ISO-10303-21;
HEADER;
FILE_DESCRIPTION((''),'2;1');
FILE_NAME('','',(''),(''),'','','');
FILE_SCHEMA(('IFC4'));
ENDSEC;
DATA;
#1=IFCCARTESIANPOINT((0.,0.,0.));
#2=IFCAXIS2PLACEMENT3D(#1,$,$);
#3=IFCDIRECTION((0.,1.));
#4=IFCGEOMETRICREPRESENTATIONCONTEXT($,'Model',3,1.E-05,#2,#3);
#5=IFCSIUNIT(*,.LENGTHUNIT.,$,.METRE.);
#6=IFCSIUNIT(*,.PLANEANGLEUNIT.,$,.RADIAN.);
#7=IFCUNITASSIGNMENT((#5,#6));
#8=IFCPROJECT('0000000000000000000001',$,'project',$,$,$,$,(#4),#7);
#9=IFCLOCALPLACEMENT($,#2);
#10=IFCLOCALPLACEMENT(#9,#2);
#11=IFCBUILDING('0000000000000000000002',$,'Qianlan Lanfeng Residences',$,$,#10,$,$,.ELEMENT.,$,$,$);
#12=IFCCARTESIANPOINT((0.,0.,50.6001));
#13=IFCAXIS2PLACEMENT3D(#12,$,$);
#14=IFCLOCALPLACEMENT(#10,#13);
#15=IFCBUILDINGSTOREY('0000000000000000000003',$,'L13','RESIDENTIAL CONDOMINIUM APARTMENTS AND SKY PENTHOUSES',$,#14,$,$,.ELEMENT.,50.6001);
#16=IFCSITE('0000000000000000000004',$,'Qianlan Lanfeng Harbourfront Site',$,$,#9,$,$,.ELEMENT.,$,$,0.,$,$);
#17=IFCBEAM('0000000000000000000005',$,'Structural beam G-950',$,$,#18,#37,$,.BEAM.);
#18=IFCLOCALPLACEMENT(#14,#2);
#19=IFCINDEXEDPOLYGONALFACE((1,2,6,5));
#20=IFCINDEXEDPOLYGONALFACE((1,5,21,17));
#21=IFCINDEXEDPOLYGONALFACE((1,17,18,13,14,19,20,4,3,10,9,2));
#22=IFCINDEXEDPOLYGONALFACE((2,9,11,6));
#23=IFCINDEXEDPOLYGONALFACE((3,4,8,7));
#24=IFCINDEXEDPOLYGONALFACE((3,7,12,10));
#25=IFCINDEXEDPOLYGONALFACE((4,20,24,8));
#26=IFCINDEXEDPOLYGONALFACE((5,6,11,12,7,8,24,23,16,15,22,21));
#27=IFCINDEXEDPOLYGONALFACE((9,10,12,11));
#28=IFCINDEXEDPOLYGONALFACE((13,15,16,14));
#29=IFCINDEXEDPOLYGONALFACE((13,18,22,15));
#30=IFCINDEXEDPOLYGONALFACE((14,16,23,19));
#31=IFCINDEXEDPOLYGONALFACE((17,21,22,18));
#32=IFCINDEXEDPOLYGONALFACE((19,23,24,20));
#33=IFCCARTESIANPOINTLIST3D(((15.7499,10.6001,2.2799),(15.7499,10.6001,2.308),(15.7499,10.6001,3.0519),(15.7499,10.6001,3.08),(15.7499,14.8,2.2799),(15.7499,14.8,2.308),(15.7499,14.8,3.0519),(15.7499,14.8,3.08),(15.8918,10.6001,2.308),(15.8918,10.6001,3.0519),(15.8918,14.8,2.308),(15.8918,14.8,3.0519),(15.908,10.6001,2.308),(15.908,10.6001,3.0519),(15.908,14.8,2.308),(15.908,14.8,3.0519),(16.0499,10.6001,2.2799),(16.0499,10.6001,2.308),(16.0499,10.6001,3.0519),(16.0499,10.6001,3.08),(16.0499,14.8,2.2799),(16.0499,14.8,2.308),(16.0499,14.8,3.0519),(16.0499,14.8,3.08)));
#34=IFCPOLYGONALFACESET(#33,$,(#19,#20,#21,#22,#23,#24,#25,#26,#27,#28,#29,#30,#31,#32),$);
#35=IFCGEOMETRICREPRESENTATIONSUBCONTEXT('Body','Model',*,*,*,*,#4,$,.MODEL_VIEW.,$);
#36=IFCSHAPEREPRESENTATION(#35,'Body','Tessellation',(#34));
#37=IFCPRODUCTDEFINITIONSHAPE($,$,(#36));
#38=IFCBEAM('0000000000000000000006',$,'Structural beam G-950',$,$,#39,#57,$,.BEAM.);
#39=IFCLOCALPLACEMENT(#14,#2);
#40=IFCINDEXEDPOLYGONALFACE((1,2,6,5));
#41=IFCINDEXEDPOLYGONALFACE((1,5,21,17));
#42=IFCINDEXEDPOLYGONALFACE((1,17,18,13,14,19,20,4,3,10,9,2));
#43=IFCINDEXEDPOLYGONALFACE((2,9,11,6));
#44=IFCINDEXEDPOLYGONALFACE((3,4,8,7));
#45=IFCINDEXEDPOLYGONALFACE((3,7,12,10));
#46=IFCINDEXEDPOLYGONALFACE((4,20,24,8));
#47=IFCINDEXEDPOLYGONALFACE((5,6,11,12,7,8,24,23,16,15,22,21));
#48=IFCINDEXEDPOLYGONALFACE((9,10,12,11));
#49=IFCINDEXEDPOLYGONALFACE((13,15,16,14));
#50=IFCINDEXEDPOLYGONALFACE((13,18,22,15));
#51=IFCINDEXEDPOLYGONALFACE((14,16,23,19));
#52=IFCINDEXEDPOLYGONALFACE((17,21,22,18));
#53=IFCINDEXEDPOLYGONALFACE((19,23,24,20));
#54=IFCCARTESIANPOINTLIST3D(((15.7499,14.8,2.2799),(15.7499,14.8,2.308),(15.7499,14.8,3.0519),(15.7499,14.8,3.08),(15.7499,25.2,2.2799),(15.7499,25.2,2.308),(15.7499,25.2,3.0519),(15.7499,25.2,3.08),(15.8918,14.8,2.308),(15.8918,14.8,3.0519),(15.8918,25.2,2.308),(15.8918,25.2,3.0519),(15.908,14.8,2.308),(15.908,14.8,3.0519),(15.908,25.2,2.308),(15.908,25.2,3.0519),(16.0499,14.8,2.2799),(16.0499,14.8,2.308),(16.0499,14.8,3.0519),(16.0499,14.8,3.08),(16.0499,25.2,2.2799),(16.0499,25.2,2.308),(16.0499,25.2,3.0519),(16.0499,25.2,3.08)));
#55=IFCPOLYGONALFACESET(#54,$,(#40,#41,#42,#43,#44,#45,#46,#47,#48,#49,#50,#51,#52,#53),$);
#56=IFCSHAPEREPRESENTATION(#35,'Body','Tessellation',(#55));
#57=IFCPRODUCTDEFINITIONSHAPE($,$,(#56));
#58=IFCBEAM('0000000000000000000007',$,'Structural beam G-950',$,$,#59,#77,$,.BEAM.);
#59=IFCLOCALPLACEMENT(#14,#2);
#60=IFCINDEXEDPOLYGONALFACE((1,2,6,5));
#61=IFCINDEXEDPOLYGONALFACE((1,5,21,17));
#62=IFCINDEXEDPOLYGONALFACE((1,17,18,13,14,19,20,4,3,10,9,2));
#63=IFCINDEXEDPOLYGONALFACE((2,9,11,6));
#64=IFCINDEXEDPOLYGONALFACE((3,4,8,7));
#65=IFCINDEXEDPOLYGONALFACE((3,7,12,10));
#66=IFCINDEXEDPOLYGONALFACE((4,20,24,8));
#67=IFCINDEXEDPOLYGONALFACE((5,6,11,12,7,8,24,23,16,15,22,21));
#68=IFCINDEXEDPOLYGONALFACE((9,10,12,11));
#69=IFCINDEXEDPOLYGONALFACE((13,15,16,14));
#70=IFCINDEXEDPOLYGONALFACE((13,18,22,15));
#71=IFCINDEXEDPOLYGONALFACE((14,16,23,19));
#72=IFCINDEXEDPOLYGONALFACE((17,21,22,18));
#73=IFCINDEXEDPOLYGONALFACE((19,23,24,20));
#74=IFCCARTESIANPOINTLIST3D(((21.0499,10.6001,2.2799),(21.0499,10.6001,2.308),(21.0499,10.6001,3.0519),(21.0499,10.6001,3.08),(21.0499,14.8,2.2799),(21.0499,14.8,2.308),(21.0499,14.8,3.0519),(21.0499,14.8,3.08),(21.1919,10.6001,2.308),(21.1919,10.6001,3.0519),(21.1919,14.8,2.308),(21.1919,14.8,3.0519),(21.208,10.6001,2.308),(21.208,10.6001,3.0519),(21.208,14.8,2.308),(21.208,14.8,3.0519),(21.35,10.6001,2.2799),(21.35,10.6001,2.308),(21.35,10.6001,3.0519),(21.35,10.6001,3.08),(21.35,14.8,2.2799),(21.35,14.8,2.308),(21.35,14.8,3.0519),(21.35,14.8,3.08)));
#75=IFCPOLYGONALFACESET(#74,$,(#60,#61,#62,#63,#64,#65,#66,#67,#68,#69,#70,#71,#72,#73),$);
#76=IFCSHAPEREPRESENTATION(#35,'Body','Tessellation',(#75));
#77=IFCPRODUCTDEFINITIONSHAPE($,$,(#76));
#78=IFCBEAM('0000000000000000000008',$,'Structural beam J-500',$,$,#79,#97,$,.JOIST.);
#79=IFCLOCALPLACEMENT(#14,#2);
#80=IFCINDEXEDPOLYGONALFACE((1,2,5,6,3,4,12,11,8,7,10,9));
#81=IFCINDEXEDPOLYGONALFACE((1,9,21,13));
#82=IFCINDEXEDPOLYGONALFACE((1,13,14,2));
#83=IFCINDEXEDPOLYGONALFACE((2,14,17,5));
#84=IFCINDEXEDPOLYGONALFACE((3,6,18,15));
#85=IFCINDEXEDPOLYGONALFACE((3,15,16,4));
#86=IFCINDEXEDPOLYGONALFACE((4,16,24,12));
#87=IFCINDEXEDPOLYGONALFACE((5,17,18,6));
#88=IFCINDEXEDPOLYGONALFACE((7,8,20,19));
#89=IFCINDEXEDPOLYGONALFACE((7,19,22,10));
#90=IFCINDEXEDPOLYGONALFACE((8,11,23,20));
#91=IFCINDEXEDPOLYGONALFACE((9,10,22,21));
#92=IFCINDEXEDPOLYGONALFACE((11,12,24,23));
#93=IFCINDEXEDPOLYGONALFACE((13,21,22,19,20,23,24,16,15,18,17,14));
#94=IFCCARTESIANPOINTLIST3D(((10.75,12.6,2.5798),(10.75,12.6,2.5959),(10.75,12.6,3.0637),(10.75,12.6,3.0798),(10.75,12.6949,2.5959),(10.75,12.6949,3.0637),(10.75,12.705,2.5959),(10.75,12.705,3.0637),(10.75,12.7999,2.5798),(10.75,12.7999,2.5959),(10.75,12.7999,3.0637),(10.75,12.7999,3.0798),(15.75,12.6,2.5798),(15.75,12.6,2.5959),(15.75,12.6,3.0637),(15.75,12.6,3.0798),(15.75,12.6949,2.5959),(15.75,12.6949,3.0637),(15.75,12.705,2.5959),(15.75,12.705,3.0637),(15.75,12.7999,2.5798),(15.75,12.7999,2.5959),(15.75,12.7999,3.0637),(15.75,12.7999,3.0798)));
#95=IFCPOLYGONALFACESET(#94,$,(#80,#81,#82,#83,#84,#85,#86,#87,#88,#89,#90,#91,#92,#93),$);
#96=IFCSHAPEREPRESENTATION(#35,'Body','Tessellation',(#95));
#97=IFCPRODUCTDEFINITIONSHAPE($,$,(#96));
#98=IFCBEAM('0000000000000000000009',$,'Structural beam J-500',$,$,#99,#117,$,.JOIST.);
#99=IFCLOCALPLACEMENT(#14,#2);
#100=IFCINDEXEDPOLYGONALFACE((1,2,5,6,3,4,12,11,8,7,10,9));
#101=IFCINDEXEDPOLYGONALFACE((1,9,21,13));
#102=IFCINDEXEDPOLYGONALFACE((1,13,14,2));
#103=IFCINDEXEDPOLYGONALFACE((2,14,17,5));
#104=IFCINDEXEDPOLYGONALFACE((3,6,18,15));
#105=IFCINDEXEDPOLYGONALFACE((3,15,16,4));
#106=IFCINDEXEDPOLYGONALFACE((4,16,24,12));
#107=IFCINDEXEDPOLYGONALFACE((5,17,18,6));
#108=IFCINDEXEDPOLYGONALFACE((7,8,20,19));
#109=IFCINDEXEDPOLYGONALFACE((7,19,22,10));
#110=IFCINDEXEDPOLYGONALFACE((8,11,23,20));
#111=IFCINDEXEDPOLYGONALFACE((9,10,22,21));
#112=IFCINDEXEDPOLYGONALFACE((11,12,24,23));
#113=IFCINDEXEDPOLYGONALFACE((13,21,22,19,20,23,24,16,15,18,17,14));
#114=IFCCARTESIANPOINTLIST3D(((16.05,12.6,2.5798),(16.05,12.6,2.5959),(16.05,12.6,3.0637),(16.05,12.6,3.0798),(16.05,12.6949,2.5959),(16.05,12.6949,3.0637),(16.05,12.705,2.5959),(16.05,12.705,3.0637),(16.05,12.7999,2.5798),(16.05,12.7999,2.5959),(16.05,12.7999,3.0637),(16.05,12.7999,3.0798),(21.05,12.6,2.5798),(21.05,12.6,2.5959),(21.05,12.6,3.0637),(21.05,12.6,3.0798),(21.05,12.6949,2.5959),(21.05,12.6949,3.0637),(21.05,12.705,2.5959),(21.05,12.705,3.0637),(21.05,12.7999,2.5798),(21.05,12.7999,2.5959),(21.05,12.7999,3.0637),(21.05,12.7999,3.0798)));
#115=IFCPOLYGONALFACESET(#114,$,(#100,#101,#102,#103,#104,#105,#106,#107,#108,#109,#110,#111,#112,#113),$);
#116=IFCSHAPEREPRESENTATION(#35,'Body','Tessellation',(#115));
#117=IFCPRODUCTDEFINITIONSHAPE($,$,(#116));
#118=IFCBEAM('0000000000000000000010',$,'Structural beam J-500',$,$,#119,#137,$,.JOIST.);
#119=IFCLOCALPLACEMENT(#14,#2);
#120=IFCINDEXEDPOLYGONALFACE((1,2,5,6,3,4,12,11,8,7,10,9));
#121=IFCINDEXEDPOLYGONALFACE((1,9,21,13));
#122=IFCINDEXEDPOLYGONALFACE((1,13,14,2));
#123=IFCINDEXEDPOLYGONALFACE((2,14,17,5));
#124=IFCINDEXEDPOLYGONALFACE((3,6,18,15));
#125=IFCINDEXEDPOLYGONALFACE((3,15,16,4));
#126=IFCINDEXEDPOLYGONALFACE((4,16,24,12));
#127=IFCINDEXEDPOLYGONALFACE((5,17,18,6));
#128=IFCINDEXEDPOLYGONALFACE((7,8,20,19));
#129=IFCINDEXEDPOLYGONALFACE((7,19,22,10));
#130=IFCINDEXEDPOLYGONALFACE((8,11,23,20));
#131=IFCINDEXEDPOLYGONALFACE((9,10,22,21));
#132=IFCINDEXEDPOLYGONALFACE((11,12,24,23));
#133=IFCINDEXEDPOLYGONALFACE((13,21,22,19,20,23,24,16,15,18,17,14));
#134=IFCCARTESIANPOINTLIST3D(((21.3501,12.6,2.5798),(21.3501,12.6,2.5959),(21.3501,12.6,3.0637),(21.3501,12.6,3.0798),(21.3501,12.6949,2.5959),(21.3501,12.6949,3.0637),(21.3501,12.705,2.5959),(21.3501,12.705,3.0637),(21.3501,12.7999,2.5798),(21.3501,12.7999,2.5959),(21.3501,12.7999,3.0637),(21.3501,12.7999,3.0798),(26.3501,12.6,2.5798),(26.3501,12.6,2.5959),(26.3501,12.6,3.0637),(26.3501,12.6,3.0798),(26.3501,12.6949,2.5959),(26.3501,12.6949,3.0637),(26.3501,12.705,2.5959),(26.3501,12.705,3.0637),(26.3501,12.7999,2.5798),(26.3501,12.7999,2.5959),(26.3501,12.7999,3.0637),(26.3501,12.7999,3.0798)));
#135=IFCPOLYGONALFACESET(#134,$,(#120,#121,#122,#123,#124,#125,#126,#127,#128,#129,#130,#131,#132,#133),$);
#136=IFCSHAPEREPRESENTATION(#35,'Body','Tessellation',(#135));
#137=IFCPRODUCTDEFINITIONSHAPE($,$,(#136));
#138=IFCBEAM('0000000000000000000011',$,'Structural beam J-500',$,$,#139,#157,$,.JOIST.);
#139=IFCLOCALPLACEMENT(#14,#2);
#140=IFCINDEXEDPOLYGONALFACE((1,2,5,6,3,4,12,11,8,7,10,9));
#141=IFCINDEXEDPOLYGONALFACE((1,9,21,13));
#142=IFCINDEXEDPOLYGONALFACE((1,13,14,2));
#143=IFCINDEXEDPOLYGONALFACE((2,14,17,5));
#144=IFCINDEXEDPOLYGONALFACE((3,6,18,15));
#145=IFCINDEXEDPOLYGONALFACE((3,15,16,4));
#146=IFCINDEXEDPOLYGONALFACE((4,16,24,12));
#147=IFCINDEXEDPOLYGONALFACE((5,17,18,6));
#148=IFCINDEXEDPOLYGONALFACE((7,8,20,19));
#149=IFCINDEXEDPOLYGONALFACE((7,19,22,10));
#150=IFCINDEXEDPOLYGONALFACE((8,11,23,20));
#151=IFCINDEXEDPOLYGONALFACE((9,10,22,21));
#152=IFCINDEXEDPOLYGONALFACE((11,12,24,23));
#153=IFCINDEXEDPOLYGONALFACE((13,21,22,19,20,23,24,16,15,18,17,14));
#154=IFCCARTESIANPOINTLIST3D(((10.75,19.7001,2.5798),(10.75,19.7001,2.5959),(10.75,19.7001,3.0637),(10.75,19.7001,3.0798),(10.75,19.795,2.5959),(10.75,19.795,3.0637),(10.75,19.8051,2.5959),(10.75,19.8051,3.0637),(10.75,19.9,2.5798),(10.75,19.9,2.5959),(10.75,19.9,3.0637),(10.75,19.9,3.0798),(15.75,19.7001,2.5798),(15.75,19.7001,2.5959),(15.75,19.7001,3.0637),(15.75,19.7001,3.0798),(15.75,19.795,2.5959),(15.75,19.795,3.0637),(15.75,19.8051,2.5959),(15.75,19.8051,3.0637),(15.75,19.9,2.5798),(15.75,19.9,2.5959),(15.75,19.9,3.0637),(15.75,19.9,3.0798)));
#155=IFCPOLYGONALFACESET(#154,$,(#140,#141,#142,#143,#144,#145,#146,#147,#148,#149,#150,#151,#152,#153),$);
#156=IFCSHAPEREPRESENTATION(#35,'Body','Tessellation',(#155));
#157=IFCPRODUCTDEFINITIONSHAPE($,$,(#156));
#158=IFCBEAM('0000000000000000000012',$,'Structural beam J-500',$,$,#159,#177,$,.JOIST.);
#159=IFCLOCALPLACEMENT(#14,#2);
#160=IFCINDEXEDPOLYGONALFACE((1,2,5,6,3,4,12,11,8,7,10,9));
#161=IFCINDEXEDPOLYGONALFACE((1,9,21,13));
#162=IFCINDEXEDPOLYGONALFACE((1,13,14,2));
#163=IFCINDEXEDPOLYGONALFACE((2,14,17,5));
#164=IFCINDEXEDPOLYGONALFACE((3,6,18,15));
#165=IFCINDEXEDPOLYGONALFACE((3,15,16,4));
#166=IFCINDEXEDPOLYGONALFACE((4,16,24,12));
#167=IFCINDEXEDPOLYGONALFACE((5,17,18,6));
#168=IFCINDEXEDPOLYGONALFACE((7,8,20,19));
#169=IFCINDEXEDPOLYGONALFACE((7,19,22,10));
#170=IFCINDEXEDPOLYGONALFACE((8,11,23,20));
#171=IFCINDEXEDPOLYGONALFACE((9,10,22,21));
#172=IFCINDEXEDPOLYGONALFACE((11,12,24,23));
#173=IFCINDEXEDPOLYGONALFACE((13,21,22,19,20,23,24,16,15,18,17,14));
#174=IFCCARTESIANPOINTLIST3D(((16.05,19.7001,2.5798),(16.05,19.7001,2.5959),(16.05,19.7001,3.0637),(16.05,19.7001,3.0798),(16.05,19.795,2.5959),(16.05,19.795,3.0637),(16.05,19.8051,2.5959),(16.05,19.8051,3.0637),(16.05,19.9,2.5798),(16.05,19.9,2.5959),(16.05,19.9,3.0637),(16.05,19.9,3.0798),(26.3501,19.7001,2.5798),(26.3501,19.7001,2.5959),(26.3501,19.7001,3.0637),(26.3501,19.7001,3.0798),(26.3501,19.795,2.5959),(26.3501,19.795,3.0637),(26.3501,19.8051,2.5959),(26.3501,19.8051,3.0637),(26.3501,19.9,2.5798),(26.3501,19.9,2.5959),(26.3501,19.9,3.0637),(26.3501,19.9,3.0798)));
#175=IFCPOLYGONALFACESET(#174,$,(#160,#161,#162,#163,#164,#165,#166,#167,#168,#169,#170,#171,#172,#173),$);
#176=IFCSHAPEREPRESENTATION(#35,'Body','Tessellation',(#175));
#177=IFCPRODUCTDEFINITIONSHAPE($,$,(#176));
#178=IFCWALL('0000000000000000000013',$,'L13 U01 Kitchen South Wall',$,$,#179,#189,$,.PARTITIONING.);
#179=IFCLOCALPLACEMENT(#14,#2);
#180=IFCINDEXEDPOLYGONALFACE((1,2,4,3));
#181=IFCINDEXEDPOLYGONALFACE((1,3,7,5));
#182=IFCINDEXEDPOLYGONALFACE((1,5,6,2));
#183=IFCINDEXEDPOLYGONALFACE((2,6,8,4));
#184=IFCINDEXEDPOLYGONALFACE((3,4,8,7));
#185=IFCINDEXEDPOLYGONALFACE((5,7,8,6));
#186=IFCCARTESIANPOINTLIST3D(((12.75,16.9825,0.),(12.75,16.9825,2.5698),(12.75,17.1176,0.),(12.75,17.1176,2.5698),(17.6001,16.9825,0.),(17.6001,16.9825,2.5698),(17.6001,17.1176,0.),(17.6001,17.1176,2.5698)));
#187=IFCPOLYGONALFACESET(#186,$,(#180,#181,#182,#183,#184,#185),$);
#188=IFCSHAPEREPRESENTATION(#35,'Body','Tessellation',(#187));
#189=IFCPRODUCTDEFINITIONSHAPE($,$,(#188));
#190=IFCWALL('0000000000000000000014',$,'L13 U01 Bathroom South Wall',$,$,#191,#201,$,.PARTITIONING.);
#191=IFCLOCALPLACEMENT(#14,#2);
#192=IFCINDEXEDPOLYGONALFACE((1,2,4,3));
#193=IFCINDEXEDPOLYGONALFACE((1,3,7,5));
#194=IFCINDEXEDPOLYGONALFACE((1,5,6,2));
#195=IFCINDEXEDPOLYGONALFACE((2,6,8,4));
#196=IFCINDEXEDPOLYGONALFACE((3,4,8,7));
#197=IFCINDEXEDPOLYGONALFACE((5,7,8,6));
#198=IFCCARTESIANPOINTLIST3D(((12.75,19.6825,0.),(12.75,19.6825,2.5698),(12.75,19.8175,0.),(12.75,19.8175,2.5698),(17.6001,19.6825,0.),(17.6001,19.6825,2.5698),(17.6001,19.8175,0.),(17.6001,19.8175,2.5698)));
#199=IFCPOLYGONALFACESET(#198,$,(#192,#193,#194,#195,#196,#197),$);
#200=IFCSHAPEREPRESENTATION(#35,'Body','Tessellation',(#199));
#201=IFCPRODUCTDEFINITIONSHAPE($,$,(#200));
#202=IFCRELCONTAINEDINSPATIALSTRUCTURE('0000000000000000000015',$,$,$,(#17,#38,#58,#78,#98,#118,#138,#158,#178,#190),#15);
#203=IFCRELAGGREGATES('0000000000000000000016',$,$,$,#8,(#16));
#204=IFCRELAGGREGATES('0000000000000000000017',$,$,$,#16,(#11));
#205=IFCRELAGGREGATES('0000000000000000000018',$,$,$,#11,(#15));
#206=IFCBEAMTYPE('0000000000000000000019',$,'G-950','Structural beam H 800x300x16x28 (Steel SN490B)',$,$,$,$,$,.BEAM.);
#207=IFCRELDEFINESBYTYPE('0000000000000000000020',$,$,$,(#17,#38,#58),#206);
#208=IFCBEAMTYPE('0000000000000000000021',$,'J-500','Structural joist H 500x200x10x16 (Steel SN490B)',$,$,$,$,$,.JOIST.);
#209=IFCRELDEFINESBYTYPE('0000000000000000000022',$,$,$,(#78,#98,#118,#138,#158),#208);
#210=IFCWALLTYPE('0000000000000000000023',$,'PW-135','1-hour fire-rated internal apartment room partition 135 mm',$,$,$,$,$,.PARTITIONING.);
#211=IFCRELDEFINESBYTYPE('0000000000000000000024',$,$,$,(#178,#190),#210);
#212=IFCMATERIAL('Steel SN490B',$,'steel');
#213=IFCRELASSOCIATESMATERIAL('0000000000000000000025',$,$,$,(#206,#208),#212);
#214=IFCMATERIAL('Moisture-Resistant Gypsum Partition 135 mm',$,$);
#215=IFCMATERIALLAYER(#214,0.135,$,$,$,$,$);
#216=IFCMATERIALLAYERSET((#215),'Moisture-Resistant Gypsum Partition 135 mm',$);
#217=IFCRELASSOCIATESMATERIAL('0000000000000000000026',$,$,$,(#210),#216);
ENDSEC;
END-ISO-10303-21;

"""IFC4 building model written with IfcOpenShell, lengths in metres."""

from ifc_helpers import new_model, si_unit, direction, frame, frame_2d, origin, origin_2d, place, context, subcontext, project, spatial, rectangle, i_section, extrude, material, layer, layer_set, material_profile, profile_set, type_object, element, save


model = new_model("IFC4")

# Units and contexts
model_context = context("Model", 3, precision=1e-05, world=origin(), true_north=direction((0.0, 1.0)))
body_context = subcontext(model_context, "Body", "Model", "MODEL_VIEW")
ifc_project = project(units=[si_unit("LENGTHUNIT", "METRE"), si_unit("PLANEANGLEUNIT", "RADIAN")], contexts=[model_context])

# Site, building, storey
site_placement = place(None, origin())
site = spatial("IfcSite", under=ifc_project, at=site_placement, Name="Qianlan Lanfeng Harbourfront Site", CompositionType="ELEMENT", RefElevation=0.0)
building_placement = place(site_placement, origin())
building = spatial("IfcBuilding", under=site, at=building_placement, Name="Qianlan Lanfeng Residences", CompositionType="ELEMENT")
storey_placement = place(building_placement, frame((0.0, 0.0, 50.6001)))
storey = spatial("IfcBuildingStorey", under=building, at=storey_placement, Name="L13", Description="RESIDENTIAL CONDOMINIUM APARTMENTS AND SKY PENTHOUSES", CompositionType="ELEMENT", Elevation=50.6001)

# Shared definitions
ifc_material_1 = material(Name="Steel SN490B", Category="steel")

# Beams
ifc_material_profile_1 = material_profile(ifc_material_1, i_section(OverallWidth=0.3, OverallDepth=0.8, WebThickness=0.0161, FlangeThickness=0.0281, at=origin_2d()), Name="H 800x300x16x28")
ifc_profile_set_1 = profile_set([ifc_material_profile_1], Name="Steel SN490B")
beam_type_1 = type_object("IfcBeamType", Name="G-950", Description="Structural beam H 800x300x16x28 (Steel SN490B)", PredefinedType="BEAM", material=ifc_profile_set_1)
beam_1_placement = place(storey_placement, frame((15.8999, 10.6001, 2.6799), z_axis=(0.0, 1.0, 0.0), x_axis=(-1.0, 0.0, 0.0)))
element("IfcBeam", 1, at=beam_1_placement, inside=storey, type_object=beam_type_1, Name="Structural beam G-950", PredefinedType="BEAM", context=body_context, shape_type="SweptSolid", body=[
    extrude(i_section(OverallWidth=0.3, OverallDepth=0.8, WebThickness=0.0161, FlangeThickness=0.0281, at=origin_2d()), origin(), (0.0, 0.0, 1.0), 4.2),
])
beam_2_placement = place(storey_placement, frame((15.8999, 14.8, 2.6799), z_axis=(0.0, 1.0, 0.0), x_axis=(-1.0, 0.0, 0.0)))
element("IfcBeam", 2, at=beam_2_placement, inside=storey, type_object=beam_type_1, Name="Structural beam G-950", PredefinedType="BEAM", context=body_context, shape_type="SweptSolid", body=[
    extrude(i_section(OverallWidth=0.3, OverallDepth=0.8, WebThickness=0.0161, FlangeThickness=0.0281, at=origin_2d()), origin(), (0.0, 0.0, 1.0), 10.3999),
])
beam_3_placement = place(storey_placement, frame((21.2, 10.6001, 2.6799), z_axis=(0.0, 1.0, 0.0), x_axis=(-1.0, 0.0, 0.0)))
element("IfcBeam", 3, at=beam_3_placement, inside=storey, type_object=beam_type_1, Name="Structural beam G-950", PredefinedType="BEAM", context=body_context, shape_type="SweptSolid", body=[
    extrude(i_section(OverallWidth=0.3, OverallDepth=0.8, WebThickness=0.0161, FlangeThickness=0.0281, at=origin_2d()), origin(), (0.0, 0.0, 1.0), 4.2),
])
ifc_material_profile_2 = material_profile(ifc_material_1, i_section(OverallWidth=0.2, OverallDepth=0.5, WebThickness=0.01, FlangeThickness=0.0161, at=origin_2d()), Name="H 500x200x10x16")
ifc_profile_set_2 = profile_set([ifc_material_profile_2], Name="Steel SN490B")
beam_type_2 = type_object("IfcBeamType", Name="J-500", Description="Structural joist H 500x200x10x16 (Steel SN490B)", PredefinedType="JOIST", material=ifc_profile_set_2)
for number, where, z_axis, x_axis, name in (
    (4, (10.75, 12.7, 2.8298), (1.0, 0.0, 0.0), (0.0, 1.0, 0.0), "Structural beam J-500"),
    (5, (16.05, 12.7, 2.8298), (1.0, 0.0, 0.0), (0.0, 1.0, 0.0), "Structural beam J-500"),
    (6, (21.3501, 12.7, 2.8298), (1.0, 0.0, 0.0), (0.0, 1.0, 0.0), "Structural beam J-500"),
    (7, (10.75, 19.8, 2.8298), (1.0, 0.0, 0.0), (0.0, 1.0, 0.0), "Structural beam J-500"),
):
    element("IfcBeam", number, at=place(storey_placement, frame(where, z_axis=z_axis, x_axis=x_axis)), inside=storey, type_object=beam_type_2, Name=name, PredefinedType="JOIST", context=body_context, shape_type="SweptSolid", body=[
        extrude(i_section(OverallWidth=0.2, OverallDepth=0.5, WebThickness=0.01, FlangeThickness=0.0161, at=origin_2d()), origin(), (0.0, 0.0, 1.0), 5.0),
    ])
beam_4_placement = place(storey_placement, frame((16.05, 19.8, 2.8298), z_axis=(1.0, 0.0, 0.0), x_axis=(0.0, 1.0, 0.0)))
element("IfcBeam", 8, at=beam_4_placement, inside=storey, type_object=beam_type_2, Name="Structural beam J-500", PredefinedType="JOIST", context=body_context, shape_type="SweptSolid", body=[
    extrude(i_section(OverallWidth=0.2, OverallDepth=0.5, WebThickness=0.01, FlangeThickness=0.0161, at=origin_2d()), origin(), (0.0, 0.0, 1.0), 10.3),
])

# Walls
ifc_material_2 = material(Name="Moisture-Resistant Gypsum Partition 135 mm")
ifc_layer_1 = layer(ifc_material_2, 0.135)
ifc_layer_set_1 = layer_set([ifc_layer_1], Name="Moisture-Resistant Gypsum Partition 135 mm")
wall_type_1 = type_object("IfcWallType", Name="PW-135", Description="1-hour fire-rated internal apartment room partition 135 mm", PredefinedType="PARTITIONING", material=ifc_layer_set_1)
for number, where, z_axis, x_axis, name in (
    (9, (12.75, 17.05, 0.0), (0.0, 0.0, 1.0), (1.0, 0.0, 0.0), "L13 U01 Kitchen South Wall"),
    (10, (12.75, 19.75, 0.0), (0.0, 0.0, 1.0), (1.0, 0.0, 0.0), "L13 U01 Bathroom South Wall"),
):
    element("IfcWall", number, at=place(storey_placement, frame(where, z_axis=z_axis, x_axis=x_axis)), inside=storey, type_object=wall_type_1, Name=name, PredefinedType="PARTITIONING", context=body_context, shape_type="SweptSolid", body=[
        extrude(rectangle(XDim=4.8501, YDim=0.135, at=frame_2d((2.425, 0.0))), origin(), (0.0, 0.0, 1.0), 2.5698),
    ])

save(model, "model.ifc")
